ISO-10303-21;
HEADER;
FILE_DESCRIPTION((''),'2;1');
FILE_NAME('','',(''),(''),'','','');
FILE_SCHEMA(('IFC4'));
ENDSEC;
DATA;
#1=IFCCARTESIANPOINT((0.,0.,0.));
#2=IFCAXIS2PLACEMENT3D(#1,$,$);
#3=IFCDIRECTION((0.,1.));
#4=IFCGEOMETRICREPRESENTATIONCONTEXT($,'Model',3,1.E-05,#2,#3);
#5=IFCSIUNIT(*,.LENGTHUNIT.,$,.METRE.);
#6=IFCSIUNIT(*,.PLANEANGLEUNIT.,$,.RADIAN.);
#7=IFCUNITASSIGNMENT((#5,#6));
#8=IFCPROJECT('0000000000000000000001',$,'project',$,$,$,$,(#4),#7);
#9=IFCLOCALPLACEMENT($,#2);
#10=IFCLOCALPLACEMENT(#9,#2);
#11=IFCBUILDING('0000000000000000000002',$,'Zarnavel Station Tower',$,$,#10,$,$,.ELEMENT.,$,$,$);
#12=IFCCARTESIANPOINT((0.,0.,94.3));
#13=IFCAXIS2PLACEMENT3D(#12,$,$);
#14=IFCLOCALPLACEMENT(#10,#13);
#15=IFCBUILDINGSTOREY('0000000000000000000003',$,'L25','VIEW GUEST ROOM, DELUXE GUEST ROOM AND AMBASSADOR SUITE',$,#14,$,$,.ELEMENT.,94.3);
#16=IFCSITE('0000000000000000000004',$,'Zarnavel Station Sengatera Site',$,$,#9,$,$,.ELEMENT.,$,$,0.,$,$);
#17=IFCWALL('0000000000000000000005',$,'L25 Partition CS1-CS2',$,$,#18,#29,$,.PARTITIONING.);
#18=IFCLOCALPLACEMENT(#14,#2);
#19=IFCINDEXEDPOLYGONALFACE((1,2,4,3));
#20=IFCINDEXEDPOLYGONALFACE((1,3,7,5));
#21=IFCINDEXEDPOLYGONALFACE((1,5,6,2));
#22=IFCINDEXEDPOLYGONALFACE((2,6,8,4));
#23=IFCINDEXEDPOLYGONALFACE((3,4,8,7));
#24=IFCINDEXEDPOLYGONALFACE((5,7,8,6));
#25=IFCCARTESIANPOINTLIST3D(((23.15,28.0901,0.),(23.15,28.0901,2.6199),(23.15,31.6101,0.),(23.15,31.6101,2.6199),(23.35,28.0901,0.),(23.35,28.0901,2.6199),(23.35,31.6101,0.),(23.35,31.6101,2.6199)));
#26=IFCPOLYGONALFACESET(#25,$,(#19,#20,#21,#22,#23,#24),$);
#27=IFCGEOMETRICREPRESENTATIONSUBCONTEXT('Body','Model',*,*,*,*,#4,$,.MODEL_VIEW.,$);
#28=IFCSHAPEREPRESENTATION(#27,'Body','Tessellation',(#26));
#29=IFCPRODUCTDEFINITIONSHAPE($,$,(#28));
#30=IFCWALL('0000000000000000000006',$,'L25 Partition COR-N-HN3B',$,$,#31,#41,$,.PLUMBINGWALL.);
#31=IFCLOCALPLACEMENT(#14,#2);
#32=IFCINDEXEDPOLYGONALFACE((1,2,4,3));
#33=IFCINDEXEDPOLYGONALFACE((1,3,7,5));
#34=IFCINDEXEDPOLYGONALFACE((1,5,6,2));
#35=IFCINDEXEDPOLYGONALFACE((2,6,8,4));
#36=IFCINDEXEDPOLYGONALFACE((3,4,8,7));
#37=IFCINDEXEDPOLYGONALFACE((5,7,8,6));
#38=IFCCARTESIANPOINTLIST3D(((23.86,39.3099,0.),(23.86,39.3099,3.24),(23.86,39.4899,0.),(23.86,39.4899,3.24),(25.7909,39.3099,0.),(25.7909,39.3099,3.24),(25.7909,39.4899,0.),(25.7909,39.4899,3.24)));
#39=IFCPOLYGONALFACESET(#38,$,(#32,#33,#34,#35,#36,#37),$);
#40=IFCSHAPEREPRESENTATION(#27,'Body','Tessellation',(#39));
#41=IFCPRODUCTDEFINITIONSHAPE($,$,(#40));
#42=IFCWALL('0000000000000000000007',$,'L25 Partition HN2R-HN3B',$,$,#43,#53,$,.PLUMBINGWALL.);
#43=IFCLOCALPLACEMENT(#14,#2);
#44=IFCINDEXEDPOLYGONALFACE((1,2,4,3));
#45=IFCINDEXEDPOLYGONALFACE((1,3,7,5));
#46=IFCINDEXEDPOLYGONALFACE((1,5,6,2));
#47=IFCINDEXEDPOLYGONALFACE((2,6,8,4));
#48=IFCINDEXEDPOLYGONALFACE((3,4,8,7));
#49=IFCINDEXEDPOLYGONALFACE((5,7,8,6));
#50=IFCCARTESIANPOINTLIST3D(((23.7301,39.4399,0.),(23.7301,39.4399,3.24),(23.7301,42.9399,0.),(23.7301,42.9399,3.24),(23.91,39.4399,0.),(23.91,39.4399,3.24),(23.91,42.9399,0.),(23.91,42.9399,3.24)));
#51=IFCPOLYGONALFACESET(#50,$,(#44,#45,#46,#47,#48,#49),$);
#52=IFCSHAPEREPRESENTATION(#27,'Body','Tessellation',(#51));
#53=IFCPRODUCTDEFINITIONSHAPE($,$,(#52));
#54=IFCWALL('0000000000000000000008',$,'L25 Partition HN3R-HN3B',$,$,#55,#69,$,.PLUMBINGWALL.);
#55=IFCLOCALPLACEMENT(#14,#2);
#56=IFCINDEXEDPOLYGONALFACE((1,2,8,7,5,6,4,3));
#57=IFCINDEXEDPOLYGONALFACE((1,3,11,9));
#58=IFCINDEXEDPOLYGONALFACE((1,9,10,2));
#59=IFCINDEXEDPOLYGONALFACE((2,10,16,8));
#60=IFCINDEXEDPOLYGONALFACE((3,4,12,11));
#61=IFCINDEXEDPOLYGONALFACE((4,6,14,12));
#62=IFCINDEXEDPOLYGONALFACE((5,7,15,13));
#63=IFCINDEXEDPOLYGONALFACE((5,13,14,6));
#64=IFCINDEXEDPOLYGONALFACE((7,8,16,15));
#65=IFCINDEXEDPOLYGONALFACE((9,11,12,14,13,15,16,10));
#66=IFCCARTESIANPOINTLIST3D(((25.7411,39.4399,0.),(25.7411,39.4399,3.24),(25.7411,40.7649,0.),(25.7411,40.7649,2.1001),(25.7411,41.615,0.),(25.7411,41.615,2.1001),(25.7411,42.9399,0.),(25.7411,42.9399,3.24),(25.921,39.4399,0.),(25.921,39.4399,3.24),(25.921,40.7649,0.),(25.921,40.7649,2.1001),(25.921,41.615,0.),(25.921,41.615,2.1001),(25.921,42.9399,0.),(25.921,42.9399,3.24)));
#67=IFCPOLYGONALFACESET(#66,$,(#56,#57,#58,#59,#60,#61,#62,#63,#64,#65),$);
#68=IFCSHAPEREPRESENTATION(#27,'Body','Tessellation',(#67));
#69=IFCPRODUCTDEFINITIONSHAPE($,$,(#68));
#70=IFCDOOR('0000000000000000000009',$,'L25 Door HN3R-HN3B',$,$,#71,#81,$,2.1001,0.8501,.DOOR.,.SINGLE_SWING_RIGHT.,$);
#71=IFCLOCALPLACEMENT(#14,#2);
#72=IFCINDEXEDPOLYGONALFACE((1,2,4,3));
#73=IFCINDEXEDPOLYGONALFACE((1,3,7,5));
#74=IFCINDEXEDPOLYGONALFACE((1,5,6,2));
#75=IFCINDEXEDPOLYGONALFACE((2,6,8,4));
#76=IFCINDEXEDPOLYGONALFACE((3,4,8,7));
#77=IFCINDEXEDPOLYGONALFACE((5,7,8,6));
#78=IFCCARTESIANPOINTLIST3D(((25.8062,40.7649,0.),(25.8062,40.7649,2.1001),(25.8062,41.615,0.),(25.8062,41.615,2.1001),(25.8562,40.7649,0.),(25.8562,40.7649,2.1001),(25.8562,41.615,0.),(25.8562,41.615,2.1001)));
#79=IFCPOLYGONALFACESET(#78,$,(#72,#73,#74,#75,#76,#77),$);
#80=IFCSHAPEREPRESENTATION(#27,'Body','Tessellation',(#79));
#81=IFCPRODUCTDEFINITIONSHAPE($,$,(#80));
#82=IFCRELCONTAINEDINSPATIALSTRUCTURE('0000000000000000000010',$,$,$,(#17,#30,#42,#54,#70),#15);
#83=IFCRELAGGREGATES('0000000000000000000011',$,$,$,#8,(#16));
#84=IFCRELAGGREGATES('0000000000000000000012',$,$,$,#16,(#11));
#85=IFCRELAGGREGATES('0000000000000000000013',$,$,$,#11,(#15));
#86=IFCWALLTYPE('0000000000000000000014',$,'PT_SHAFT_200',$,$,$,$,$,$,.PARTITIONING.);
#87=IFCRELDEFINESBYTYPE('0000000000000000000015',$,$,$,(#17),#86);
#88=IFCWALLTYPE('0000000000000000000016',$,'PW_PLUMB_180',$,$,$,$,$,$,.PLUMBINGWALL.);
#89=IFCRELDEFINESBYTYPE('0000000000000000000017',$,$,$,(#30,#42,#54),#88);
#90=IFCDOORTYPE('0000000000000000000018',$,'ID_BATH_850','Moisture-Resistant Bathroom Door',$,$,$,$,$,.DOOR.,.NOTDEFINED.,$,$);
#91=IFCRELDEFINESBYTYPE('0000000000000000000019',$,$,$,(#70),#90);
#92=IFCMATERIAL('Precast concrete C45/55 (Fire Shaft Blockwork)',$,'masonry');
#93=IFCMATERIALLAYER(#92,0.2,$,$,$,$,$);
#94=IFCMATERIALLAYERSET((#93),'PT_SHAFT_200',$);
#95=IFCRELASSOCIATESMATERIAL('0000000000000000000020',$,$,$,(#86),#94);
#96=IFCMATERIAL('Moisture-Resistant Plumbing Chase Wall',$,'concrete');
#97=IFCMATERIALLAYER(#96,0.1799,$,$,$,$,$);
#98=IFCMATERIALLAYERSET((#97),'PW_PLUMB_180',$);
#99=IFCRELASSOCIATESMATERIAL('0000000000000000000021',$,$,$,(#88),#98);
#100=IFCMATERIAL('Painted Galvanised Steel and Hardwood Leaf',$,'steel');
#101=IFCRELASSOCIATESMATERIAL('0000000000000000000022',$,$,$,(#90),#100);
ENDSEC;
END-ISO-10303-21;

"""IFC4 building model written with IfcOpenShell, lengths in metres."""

from ifc_helpers import new_model, si_unit, direction, frame, frame_2d, origin, place, context, subcontext, project, spatial, rectangle, extrude, material, layer, layer_set, type_object, element, fill, save


model = new_model("IFC4")

# Units and contexts
model_context = context("Model", 3, precision=1e-05, world=origin(), true_north=direction((0.0, 1.0)))
body_context = subcontext(model_context, "Body", "Model", "MODEL_VIEW")
ifc_project = project(units=[si_unit("LENGTHUNIT", "METRE"), si_unit("PLANEANGLEUNIT", "RADIAN")], contexts=[model_context])

# Site, building, storey
site_placement = place(None, origin())
site = spatial("IfcSite", under=ifc_project, at=site_placement, Name="Zarnavel Station Sengatera Site", CompositionType="ELEMENT", RefElevation=0.0)
building_placement = place(site_placement, origin())
building = spatial("IfcBuilding", under=site, at=building_placement, Name="Zarnavel Station Tower", CompositionType="ELEMENT")
storey_placement = place(building_placement, frame((0.0, 0.0, 94.3)))
storey = spatial("IfcBuildingStorey", under=building, at=storey_placement, Name="L25", Description="VIEW GUEST ROOM, DELUXE GUEST ROOM AND AMBASSADOR SUITE", CompositionType="ELEMENT", Elevation=94.3)

# Shared definitions
ifc_material_1 = material(Name="Precast concrete C45/55 (Fire Shaft Blockwork)", Category="masonry")
ifc_layer_1 = layer(ifc_material_1, 0.2)
ifc_layer_set_1 = layer_set([ifc_layer_1], Name="PT_SHAFT_200")
wall_type_1 = type_object("IfcWallType", Name="PT_SHAFT_200", PredefinedType="PARTITIONING", material=ifc_layer_set_1)

# Wall
wall_1_placement = place(storey_placement, frame((23.25, 28.0901, 0.0), z_axis=(0.0, 0.0, 1.0), x_axis=(0.0, 1.0, 0.0)))
element("IfcWall", 1, at=wall_1_placement, inside=storey, type_object=wall_type_1, Name="L25 Partition CS1-CS2", PredefinedType="PARTITIONING", context=body_context, shape_type="SweptSolid", body=[
    extrude(rectangle(XDim=3.52, YDim=0.2, at=frame_2d((1.76, 0.0))), origin(), (0.0, 0.0, 1.0), 2.6199),
])

# Walls
ifc_material_2 = material(Name="Moisture-Resistant Plumbing Chase Wall", Category="concrete")
ifc_layer_2 = layer(ifc_material_2, 0.1799)
ifc_layer_set_2 = layer_set([ifc_layer_2], Name="PW_PLUMB_180")
wall_type_2 = type_object("IfcWallType", Name="PW_PLUMB_180", PredefinedType="PLUMBINGWALL", material=ifc_layer_set_2)
wall_2_placement = place(storey_placement, frame((23.8601, 39.3999, 0.0), z_axis=(0.0, 0.0, 1.0), x_axis=(1.0, 0.0, 0.0)))
element("IfcWall", 2, at=wall_2_placement, inside=storey, type_object=wall_type_2, Name="L25 Partition COR-N-HN3B", PredefinedType="PLUMBINGWALL", context=body_context, shape_type="SweptSolid", body=[
    extrude(rectangle(XDim=1.9309, YDim=0.1799, at=frame_2d((0.9653, 0.0))), origin(), (0.0, 0.0, 1.0), 3.24),
])
wall_3_placement = place(storey_placement, frame((23.8201, 39.4399, 0.0), z_axis=(0.0, 0.0, 1.0), x_axis=(0.0, 1.0, 0.0)))
element("IfcWall", 3, at=wall_3_placement, inside=storey, type_object=wall_type_2, Name="L25 Partition HN2R-HN3B", PredefinedType="PLUMBINGWALL", context=body_context, shape_type="SweptSolid", body=[
    extrude(rectangle(XDim=3.5, YDim=0.1799, at=frame_2d((1.75, 0.0))), origin(), (0.0, 0.0, 1.0), 3.24),
])

# Wall, opening, door
wall_4_placement = place(storey_placement, frame((25.8311, 39.4399, 0.0), z_axis=(0.0, 0.0, 1.0), x_axis=(0.0, 1.0, 0.0)))
wall_4 = element("IfcWall", 4, at=wall_4_placement, inside=storey, type_object=wall_type_2, Name="L25 Partition HN3R-HN3B", PredefinedType="PLUMBINGWALL", context=body_context, shape_type="SweptSolid", body=[
    extrude(rectangle(XDim=3.5, YDim=0.1799, at=frame_2d((1.75, 0.0))), origin(), (0.0, 0.0, 1.0), 3.24),
])
opening_1_placement = place(wall_4_placement, frame((1.325, 0.0, 0.0)))
opening_1 = element("IfcOpeningElement", 5, at=opening_1_placement, cuts=wall_4, PredefinedType="OPENING", context=body_context, shape_type="SweptSolid", body=[
    extrude(rectangle(XDim=0.8501, YDim=2.1001, at=frame_2d((0.425, 1.05))), frame((0.0, 0.0999, 0.0), z_axis=(0.0, -1.0, 0.0), x_axis=(1.0, 0.0, 0.0)), (0.0, 0.0, 1.0), 0.2),
])
ifc_material_3 = material(Name="Painted Galvanised Steel and Hardwood Leaf", Category="steel")
door_type_1 = type_object("IfcDoorType", Name="ID_BATH_850", Description="Moisture-Resistant Bathroom Door", OperationType="NOTDEFINED", PredefinedType="DOOR", material=ifc_material_3)
door_1_placement = place(opening_1_placement, origin())
door_1 = element("IfcDoor", 6, at=door_1_placement, inside=storey, type_object=door_type_1, Name="L25 Door HN3R-HN3B", OperationType="SINGLE_SWING_RIGHT", OverallHeight=2.1001, OverallWidth=0.8501, PredefinedType="DOOR", context=body_context, shape_type="SweptSolid", body=[
    extrude(rectangle(XDim=0.8501, YDim=2.1001, at=frame_2d((0.425, 1.05))), frame((0.0, 0.0249, 0.0), z_axis=(0.0, -1.0, 0.0), x_axis=(1.0, 0.0, 0.0)), (0.0, 0.0, 1.0), 0.05),
])
fill(opening_1, door_1)

save(model, "model.ifc")
